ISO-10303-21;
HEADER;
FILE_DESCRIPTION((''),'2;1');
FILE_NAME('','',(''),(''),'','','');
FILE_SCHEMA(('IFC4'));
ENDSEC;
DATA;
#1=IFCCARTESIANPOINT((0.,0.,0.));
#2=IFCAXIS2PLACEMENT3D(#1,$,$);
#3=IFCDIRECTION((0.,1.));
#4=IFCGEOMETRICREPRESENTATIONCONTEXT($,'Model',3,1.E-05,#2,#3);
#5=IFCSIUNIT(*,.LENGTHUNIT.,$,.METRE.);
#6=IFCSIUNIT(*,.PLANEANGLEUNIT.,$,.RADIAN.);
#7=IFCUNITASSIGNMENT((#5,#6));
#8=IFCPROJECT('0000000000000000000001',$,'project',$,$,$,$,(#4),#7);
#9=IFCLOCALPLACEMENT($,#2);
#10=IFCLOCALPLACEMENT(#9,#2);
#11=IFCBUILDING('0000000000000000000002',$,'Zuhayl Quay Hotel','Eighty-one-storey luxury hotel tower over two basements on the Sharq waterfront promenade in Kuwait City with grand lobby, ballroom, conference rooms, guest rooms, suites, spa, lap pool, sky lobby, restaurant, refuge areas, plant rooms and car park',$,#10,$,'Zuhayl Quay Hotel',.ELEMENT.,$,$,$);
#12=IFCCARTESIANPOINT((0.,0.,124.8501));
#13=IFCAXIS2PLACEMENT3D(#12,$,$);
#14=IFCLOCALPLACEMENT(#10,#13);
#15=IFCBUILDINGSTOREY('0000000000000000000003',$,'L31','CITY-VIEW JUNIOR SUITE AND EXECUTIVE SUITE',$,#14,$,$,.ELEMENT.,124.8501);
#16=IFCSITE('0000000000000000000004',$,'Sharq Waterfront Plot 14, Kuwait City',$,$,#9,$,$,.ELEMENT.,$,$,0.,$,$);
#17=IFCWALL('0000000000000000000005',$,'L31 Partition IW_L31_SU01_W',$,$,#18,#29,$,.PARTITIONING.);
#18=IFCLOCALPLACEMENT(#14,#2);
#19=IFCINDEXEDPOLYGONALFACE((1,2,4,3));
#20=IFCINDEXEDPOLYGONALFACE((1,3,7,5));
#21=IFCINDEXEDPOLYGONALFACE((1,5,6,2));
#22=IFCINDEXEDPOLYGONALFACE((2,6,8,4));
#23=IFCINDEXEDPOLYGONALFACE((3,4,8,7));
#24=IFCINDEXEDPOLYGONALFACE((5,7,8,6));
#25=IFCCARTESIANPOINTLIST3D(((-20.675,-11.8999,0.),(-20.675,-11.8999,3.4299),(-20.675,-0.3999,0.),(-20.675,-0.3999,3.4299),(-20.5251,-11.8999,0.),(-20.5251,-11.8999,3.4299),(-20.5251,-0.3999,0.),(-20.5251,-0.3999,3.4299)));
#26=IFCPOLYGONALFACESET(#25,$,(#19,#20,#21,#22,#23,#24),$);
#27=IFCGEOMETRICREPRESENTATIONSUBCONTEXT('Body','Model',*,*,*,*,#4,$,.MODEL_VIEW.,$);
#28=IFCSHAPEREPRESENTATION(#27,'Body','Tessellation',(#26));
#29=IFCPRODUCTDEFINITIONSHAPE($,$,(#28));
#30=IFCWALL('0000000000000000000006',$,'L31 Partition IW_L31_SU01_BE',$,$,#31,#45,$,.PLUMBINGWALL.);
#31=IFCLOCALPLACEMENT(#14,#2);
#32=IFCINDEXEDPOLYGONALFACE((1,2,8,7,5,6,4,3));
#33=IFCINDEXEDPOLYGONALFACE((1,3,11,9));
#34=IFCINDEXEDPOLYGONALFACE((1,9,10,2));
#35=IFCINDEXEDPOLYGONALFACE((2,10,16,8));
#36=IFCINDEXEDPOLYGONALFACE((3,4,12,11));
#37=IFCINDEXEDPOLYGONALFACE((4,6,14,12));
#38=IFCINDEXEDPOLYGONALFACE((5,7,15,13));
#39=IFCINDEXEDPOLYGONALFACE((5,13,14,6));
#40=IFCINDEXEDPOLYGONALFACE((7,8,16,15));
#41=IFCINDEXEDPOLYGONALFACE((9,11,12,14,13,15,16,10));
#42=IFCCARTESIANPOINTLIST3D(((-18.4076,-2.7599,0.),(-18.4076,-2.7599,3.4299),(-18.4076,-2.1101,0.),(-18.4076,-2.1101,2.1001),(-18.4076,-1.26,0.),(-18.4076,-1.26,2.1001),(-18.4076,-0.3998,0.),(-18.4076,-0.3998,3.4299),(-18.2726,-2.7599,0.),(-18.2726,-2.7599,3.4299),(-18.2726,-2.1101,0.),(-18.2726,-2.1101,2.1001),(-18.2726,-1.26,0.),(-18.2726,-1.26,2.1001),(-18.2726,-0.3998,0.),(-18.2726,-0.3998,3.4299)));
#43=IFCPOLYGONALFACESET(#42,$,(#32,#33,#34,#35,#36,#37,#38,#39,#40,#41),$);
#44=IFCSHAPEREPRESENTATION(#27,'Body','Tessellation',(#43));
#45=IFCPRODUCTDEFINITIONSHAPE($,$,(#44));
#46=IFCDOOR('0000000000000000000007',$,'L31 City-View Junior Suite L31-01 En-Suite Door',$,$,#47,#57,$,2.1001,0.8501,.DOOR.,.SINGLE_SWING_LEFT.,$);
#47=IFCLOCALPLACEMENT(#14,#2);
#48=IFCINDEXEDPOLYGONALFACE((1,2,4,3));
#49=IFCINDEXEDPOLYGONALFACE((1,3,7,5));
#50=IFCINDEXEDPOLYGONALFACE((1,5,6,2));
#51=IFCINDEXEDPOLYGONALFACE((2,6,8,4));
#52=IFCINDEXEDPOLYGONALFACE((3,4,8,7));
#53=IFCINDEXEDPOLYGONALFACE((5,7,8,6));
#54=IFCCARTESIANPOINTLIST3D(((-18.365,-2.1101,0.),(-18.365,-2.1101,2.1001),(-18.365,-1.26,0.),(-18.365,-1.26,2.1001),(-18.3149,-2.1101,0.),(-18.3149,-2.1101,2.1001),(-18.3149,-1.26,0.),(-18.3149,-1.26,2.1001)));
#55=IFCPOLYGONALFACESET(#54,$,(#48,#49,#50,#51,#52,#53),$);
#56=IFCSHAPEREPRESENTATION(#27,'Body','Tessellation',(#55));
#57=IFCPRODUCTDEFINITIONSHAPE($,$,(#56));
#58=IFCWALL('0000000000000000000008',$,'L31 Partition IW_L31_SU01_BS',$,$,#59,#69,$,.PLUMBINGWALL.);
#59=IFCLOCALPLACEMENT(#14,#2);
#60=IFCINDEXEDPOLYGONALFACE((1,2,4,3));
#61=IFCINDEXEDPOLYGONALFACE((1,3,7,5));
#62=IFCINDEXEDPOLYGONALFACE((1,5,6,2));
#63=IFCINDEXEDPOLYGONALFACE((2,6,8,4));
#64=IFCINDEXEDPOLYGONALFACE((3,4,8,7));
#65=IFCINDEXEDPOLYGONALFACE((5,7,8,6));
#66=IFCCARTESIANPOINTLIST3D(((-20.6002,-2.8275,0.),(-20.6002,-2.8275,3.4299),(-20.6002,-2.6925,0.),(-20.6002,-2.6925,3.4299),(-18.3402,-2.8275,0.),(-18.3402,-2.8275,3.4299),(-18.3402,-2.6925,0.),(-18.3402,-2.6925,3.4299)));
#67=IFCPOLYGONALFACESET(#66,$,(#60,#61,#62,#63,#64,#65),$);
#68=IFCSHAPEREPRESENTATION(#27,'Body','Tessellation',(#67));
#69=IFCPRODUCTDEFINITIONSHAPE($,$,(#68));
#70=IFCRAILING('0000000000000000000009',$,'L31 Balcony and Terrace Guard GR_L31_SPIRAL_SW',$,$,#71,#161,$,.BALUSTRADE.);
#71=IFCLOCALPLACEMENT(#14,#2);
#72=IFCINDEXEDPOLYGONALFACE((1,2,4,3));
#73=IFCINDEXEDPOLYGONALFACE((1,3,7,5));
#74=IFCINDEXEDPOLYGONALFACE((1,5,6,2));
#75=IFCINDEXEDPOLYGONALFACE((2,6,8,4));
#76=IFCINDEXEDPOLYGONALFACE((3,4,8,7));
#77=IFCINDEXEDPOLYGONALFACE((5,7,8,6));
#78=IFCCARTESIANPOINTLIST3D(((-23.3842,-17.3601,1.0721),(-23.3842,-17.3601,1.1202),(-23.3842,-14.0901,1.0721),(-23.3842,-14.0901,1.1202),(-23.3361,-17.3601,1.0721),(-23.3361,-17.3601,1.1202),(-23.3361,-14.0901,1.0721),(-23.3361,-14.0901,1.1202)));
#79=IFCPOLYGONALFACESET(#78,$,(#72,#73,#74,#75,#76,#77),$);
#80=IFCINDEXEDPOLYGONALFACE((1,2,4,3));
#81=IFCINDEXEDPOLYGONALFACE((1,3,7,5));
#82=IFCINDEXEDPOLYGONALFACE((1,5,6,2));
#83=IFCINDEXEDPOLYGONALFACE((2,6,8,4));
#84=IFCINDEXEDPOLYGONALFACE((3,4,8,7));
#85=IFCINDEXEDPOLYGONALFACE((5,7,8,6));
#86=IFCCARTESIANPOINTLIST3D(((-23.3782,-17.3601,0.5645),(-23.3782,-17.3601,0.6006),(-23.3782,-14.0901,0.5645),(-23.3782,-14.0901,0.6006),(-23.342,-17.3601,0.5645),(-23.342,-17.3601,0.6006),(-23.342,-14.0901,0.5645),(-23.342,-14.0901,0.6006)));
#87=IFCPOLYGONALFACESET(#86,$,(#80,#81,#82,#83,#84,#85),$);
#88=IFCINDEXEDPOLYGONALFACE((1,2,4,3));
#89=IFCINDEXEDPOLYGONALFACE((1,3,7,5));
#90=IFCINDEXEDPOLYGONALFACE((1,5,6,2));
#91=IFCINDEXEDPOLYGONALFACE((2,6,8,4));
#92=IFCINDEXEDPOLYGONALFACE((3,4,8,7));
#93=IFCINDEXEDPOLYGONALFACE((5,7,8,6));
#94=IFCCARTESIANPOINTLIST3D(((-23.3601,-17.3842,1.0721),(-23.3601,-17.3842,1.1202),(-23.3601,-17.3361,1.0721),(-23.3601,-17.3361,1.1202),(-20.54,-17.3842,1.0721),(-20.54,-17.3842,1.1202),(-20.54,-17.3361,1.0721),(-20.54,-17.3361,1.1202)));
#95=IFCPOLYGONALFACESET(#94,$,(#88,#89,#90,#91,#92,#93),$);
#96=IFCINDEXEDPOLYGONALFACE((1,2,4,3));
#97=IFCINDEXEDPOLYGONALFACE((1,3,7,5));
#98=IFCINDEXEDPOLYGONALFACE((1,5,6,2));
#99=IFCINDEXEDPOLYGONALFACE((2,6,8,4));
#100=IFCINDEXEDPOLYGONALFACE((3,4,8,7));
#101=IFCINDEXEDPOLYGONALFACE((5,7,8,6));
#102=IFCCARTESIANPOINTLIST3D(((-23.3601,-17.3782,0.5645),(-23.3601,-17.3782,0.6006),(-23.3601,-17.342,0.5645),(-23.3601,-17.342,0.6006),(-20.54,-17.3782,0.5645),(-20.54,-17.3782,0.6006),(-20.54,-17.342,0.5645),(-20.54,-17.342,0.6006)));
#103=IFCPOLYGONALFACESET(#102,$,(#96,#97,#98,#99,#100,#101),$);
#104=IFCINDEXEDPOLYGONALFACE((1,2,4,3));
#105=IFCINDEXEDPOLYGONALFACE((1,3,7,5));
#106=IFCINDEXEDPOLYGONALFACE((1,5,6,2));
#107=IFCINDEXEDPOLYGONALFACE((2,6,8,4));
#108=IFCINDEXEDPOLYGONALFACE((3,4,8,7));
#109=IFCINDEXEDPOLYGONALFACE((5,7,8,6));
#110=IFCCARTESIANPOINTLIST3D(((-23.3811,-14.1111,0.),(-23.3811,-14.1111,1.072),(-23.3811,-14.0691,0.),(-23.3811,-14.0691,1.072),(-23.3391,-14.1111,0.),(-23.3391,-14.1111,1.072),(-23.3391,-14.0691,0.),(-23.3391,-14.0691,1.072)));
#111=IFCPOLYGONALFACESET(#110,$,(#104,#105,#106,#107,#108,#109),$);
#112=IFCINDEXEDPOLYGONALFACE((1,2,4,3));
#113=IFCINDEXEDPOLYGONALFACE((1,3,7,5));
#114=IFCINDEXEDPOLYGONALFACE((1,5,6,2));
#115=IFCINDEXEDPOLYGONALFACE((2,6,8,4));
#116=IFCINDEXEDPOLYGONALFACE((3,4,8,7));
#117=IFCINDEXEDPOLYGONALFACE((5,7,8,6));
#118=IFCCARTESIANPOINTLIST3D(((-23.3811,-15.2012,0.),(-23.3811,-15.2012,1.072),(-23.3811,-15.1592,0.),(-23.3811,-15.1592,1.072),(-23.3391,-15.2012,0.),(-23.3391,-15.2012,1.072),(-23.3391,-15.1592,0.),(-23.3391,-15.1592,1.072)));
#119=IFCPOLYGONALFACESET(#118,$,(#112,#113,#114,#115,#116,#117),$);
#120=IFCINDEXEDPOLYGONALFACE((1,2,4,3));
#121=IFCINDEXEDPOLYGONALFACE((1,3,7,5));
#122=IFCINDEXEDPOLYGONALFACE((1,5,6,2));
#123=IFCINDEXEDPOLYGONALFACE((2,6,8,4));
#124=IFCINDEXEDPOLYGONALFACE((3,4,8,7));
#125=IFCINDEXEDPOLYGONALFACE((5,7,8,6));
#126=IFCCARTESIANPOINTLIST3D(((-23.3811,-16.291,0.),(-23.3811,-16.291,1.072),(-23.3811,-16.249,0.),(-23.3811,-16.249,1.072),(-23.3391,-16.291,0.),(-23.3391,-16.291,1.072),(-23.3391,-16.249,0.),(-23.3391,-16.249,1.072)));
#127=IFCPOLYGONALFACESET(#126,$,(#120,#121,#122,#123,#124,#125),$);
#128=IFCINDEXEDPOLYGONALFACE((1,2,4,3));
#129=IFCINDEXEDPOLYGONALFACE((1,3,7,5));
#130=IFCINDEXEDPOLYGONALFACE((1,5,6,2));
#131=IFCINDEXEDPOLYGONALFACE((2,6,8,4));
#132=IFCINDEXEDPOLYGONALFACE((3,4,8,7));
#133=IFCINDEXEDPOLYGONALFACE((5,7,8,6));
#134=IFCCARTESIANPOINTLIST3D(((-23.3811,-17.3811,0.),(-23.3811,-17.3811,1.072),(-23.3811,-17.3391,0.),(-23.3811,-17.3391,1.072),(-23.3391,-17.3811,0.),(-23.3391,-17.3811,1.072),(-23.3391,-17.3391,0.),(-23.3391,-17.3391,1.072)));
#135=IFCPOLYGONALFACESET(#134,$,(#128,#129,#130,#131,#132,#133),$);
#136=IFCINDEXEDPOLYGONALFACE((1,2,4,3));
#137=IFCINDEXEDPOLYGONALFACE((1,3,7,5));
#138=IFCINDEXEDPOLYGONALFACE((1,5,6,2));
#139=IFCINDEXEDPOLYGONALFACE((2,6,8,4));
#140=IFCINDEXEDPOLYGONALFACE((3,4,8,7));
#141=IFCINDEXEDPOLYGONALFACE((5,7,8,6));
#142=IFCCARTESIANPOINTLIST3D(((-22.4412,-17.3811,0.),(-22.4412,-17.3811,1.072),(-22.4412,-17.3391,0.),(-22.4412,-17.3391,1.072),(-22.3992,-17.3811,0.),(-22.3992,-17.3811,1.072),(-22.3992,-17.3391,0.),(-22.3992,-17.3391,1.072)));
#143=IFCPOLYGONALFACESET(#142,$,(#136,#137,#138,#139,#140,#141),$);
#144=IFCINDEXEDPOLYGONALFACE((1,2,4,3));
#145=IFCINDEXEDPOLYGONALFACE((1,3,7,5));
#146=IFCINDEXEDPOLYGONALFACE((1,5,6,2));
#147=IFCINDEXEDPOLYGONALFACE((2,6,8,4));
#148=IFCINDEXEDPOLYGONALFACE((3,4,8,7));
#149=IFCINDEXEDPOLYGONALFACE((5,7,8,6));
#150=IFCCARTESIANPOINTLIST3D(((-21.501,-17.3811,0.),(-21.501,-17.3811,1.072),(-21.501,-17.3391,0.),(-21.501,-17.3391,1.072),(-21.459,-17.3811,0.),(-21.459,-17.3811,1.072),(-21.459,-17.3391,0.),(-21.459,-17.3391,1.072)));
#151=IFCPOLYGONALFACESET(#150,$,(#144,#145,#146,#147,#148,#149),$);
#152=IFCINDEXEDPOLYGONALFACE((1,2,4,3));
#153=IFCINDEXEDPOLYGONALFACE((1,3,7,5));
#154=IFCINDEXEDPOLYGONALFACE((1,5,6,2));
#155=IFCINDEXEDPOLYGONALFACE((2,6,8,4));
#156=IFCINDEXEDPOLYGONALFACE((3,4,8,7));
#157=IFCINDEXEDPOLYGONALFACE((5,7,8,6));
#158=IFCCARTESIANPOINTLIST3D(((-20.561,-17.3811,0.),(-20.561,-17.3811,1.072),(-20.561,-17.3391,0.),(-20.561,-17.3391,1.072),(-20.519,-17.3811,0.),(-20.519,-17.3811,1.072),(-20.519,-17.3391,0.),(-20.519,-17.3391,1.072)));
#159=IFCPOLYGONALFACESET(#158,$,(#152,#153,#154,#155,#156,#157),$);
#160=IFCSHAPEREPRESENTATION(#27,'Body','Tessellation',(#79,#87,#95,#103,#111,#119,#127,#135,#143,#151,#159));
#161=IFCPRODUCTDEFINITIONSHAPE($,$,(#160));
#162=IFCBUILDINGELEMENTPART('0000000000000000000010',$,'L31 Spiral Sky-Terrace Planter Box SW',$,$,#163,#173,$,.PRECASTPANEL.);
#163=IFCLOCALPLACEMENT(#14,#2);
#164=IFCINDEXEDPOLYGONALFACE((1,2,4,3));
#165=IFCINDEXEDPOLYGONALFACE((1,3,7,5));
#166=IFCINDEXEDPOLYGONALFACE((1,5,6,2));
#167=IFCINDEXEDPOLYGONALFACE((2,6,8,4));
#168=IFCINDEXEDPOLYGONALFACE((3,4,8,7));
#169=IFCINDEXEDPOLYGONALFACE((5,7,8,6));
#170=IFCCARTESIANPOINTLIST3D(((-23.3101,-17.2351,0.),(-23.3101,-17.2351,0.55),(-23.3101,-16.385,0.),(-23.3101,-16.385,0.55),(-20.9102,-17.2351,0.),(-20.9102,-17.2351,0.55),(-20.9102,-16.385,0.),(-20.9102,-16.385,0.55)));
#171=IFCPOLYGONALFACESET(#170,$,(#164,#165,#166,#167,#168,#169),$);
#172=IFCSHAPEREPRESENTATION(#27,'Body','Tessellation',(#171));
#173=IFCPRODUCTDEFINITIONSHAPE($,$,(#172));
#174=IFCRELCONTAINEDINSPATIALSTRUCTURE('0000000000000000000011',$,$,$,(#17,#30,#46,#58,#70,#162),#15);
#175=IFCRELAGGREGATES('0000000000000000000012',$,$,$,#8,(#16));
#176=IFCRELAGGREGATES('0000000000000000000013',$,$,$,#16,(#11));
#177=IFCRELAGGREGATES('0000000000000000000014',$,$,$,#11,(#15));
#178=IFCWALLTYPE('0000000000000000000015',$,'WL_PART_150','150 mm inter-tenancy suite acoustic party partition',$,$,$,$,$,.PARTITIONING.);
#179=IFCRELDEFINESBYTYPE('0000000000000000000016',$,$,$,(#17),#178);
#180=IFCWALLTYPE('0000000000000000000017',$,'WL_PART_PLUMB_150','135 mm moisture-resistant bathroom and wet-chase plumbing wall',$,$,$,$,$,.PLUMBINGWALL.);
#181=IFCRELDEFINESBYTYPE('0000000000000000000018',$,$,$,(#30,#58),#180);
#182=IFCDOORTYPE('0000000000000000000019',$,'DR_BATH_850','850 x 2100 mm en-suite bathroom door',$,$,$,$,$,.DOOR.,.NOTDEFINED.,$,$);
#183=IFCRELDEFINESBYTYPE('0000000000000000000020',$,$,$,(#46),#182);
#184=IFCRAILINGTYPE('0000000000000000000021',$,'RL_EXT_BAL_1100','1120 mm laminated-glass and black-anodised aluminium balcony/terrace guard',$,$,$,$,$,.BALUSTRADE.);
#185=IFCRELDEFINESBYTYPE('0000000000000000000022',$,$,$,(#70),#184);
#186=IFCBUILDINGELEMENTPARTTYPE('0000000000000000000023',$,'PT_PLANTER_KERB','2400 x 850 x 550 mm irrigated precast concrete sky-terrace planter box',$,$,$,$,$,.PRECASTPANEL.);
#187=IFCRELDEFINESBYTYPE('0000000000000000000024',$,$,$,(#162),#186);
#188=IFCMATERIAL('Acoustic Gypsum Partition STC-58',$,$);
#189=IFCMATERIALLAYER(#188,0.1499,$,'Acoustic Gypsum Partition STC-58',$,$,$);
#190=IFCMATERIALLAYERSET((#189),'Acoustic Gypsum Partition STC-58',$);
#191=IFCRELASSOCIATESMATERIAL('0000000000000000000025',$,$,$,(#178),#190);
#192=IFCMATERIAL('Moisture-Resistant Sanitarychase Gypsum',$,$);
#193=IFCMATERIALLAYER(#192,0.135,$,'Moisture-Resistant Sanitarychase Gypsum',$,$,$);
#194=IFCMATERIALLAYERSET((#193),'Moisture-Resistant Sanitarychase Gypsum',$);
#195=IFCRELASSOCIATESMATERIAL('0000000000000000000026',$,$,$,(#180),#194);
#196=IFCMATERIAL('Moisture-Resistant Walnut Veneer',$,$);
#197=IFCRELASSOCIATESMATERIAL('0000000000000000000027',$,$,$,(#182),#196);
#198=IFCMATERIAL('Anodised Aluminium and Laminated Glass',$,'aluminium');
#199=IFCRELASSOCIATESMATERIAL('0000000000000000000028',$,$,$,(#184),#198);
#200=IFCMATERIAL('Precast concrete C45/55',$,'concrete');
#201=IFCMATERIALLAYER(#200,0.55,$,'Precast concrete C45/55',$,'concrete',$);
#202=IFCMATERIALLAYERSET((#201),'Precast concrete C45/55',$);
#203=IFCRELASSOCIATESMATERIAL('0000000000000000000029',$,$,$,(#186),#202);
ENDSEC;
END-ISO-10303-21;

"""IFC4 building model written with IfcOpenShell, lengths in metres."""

from ifc_helpers import new_model, si_unit, direction, frame, frame_2d, origin, origin_2d, place, context, subcontext, project, spatial, rectangle, extrude, material, layer, layer_set, type_object, element, fill, save


model = new_model("IFC4")

# Units and contexts
model_context = context("Model", 3, precision=1e-05, world=origin(), true_north=direction((0.0, 1.0)))
body_context = subcontext(model_context, "Body", "Model", "MODEL_VIEW")
ifc_project = project(units=[si_unit("LENGTHUNIT", "METRE"), si_unit("PLANEANGLEUNIT", "RADIAN")], contexts=[model_context])

# Site, building, storey
site_placement = place(None, origin())
site = spatial("IfcSite", under=ifc_project, at=site_placement, Name="Sharq Waterfront Plot 14, Kuwait City", CompositionType="ELEMENT", RefElevation=0.0)
building_placement = place(site_placement, origin())
building = spatial("IfcBuilding", under=site, at=building_placement, Name="Zuhayl Quay Hotel", Description="Eighty-one-storey luxury hotel tower over two basements on the Sharq waterfront promenade in Kuwait City with grand lobby, ballroom, conference rooms, guest rooms, suites, spa, lap pool, sky lobby, restaurant, refuge areas, plant rooms and car park", LongName="Zuhayl Quay Hotel", CompositionType="ELEMENT")
storey_placement = place(building_placement, frame((0.0, 0.0, 124.8501)))
storey = spatial("IfcBuildingStorey", under=building, at=storey_placement, Name="L31", Description="CITY-VIEW JUNIOR SUITE AND EXECUTIVE SUITE", CompositionType="ELEMENT", Elevation=124.8501)

# Shared definitions
ifc_material_1 = material(Name="Precast concrete C45/55", Category="concrete")

# Wall
ifc_material_2 = material(Name="Acoustic Gypsum Partition STC-58")
ifc_layer_1 = layer(ifc_material_2, 0.1499, Name="Acoustic Gypsum Partition STC-58")
ifc_layer_set_1 = layer_set([ifc_layer_1], Name="Acoustic Gypsum Partition STC-58")
wall_type_1 = type_object("IfcWallType", Name="WL_PART_150", Description="150 mm inter-tenancy suite acoustic party partition", PredefinedType="PARTITIONING", material=ifc_layer_set_1)
wall_1_placement = place(storey_placement, frame((-20.6001, -11.8999, 0.0), z_axis=(0.0, 0.0, 1.0), x_axis=(0.0, 1.0, 0.0)))
element("IfcWall", 1, at=wall_1_placement, inside=storey, type_object=wall_type_1, Name="L31 Partition IW_L31_SU01_W", PredefinedType="PARTITIONING", context=body_context, shape_type="SweptSolid", body=[
    extrude(rectangle(XDim=11.5, YDim=0.1499, at=frame_2d((5.75, 0.0))), origin(), (0.0, 0.0, 1.0), 3.4299),
])

# Wall, opening, door
ifc_material_3 = material(Name="Moisture-Resistant Sanitarychase Gypsum")
ifc_layer_2 = layer(ifc_material_3, 0.135, Name="Moisture-Resistant Sanitarychase Gypsum")
ifc_layer_set_2 = layer_set([ifc_layer_2], Name="Moisture-Resistant Sanitarychase Gypsum")
wall_type_2 = type_object("IfcWallType", Name="WL_PART_PLUMB_150", Description="135 mm moisture-resistant bathroom and wet-chase plumbing wall", PredefinedType="PLUMBINGWALL", material=ifc_layer_set_2)
wall_2_placement = place(storey_placement, frame((-18.3401, -2.76, 0.0), z_axis=(0.0, 0.0, 1.0), x_axis=(0.0, 1.0, 0.0)))
wall_2 = element("IfcWall", 2, at=wall_2_placement, inside=storey, type_object=wall_type_2, Name="L31 Partition IW_L31_SU01_BE", PredefinedType="PLUMBINGWALL", context=body_context, shape_type="SweptSolid", body=[
    extrude(rectangle(XDim=2.3601, YDim=0.135, at=frame_2d((1.1802, 0.0))), origin(), (0.0, 0.0, 1.0), 3.4299),
])
opening_1_placement = place(wall_2_placement, frame((0.6499, 0.0, 0.0)))
opening_1 = element("IfcOpeningElement", 3, at=opening_1_placement, cuts=wall_2, PredefinedType="OPENING", context=body_context, shape_type="SweptSolid", body=[
    extrude(rectangle(XDim=0.8501, YDim=2.1001, at=frame_2d((0.425, 1.05))), frame((0.0, 0.0774, 0.0), z_axis=(0.0, -1.0, 0.0), x_axis=(1.0, 0.0, 0.0)), (0.0, 0.0, 1.0), 0.155),
])
ifc_material_4 = material(Name="Moisture-Resistant Walnut Veneer")
door_type_1 = type_object("IfcDoorType", Name="DR_BATH_850", Description="850 x 2100 mm en-suite bathroom door", OperationType="NOTDEFINED", PredefinedType="DOOR", material=ifc_material_4)
door_1_placement = place(opening_1_placement, origin())
door_1 = element("IfcDoor", 4, at=door_1_placement, inside=storey, type_object=door_type_1, Name="L31 City-View Junior Suite L31-01 En-Suite Door", OperationType="SINGLE_SWING_LEFT", OverallHeight=2.1001, OverallWidth=0.8501, PredefinedType="DOOR", context=body_context, shape_type="SweptSolid", body=[
    extrude(rectangle(XDim=0.8501, YDim=2.1001, at=frame_2d((0.425, 1.05))), frame((0.0, 0.0249, 0.0), z_axis=(0.0, -1.0, 0.0), x_axis=(1.0, 0.0, 0.0)), (0.0, 0.0, 1.0), 0.05),
])
fill(opening_1, door_1)

# Wall
wall_3_placement = place(storey_placement, frame((-20.6001, -2.76, 0.0), z_axis=(0.0, 0.0, 1.0), x_axis=(1.0, 0.0, 0.0)))
element("IfcWall", 5, at=wall_3_placement, inside=storey, type_object=wall_type_2, Name="L31 Partition IW_L31_SU01_BS", PredefinedType="PLUMBINGWALL", context=body_context, shape_type="SweptSolid", body=[
    extrude(rectangle(XDim=2.26, YDim=0.135, at=frame_2d((1.1299, 0.0))), origin(), (0.0, 0.0, 1.0), 3.4299),
])

# Railing
ifc_material_5 = material(Name="Anodised Aluminium and Laminated Glass", Category="aluminium")
railing_type = type_object("IfcRailingType", Name="RL_EXT_BAL_1100", Description="1120 mm laminated-glass and black-anodised aluminium balcony/terrace guard", PredefinedType="BALUSTRADE", material=ifc_material_5)
railing_1_placement = place(storey_placement, frame((-23.3601, -14.0901, 0.0)))
element("IfcRailing", 6, at=railing_1_placement, inside=storey, type_object=railing_type, Name="L31 Balcony and Terrace Guard GR_L31_SPIRAL_SW", PredefinedType="BALUSTRADE", context=body_context, shape_type="SweptSolid", body=[
    extrude(rectangle(XDim=0.0481, YDim=0.0481, at=origin_2d()), frame((0.0, 0.0, 1.0962), z_axis=(0.0, -1.0, 0.0), x_axis=(1.0, 0.0, 0.0)), (0.0, 0.0, 1.0), 3.27),
    extrude(rectangle(XDim=0.0361, YDim=0.0361, at=origin_2d()), frame((0.0, 0.0, 0.5825), z_axis=(0.0, -1.0, 0.0), x_axis=(1.0, 0.0, 0.0)), (0.0, 0.0, 1.0), 3.27),
    extrude(rectangle(XDim=0.0481, YDim=0.0481, at=origin_2d()), frame((0.0, -3.27, 1.0962), z_axis=(1.0, 0.0, 0.0), x_axis=(0.0, 1.0, 0.0)), (0.0, 0.0, 1.0), 2.8201),
    extrude(rectangle(XDim=0.0361, YDim=0.0361, at=origin_2d()), frame((0.0, -3.27, 0.5825), z_axis=(1.0, 0.0, 0.0), x_axis=(0.0, 1.0, 0.0)), (0.0, 0.0, 1.0), 2.8201),
    extrude(rectangle(XDim=0.042, YDim=0.042, at=origin_2d()), origin(), (0.0, 0.0, 1.0), 1.072),
    extrude(rectangle(XDim=0.042, YDim=0.042, at=origin_2d()), frame((0.0, -1.0901, 0.0)), (0.0, 0.0, 1.0), 1.072),
    extrude(rectangle(XDim=0.042, YDim=0.042, at=origin_2d()), frame((0.0, -2.1799, 0.0)), (0.0, 0.0, 1.0), 1.072),
    extrude(rectangle(XDim=0.042, YDim=0.042, at=origin_2d()), frame((0.0, -3.27, 0.0)), (0.0, 0.0, 1.0), 1.072),
    extrude(rectangle(XDim=0.042, YDim=0.042, at=origin_2d()), frame((0.9399, -3.27, 0.0)), (0.0, 0.0, 1.0), 1.072),
    extrude(rectangle(XDim=0.042, YDim=0.042, at=origin_2d()), frame((1.8801, -3.27, 0.0)), (0.0, 0.0, 1.0), 1.072),
    extrude(rectangle(XDim=0.042, YDim=0.042, at=origin_2d()), frame((2.8201, -3.27, 0.0)), (0.0, 0.0, 1.0), 1.072),
])

# Building element part
ifc_layer_3 = layer(ifc_material_1, 0.55, Name="Precast concrete C45/55", Category="concrete")
ifc_layer_set_3 = layer_set([ifc_layer_3], Name="Precast concrete C45/55")
building_element_part_type = type_object("IfcBuildingElementPartType", Name="PT_PLANTER_KERB", Description="2400 x 850 x 550 mm irrigated precast concrete sky-terrace planter box", PredefinedType="PRECASTPANEL", material=ifc_layer_set_3)
building_element_part_placement = place(storey_placement, frame((-22.1101, -16.8101, 0.0), z_axis=(0.0, 0.0, 1.0), x_axis=(1.0, 0.0, 0.0)))
element("IfcBuildingElementPart", 7, at=building_element_part_placement, inside=storey, type_object=building_element_part_type, Name="L31 Spiral Sky-Terrace Planter Box SW", PredefinedType="PRECASTPANEL", context=body_context, shape_type="SweptSolid", body=[
    extrude(rectangle(XDim=2.3999, YDim=0.8501, at=origin_2d()), origin(), (0.0, 0.0, 1.0), 0.55),
])

save(model, "model.ifc")
